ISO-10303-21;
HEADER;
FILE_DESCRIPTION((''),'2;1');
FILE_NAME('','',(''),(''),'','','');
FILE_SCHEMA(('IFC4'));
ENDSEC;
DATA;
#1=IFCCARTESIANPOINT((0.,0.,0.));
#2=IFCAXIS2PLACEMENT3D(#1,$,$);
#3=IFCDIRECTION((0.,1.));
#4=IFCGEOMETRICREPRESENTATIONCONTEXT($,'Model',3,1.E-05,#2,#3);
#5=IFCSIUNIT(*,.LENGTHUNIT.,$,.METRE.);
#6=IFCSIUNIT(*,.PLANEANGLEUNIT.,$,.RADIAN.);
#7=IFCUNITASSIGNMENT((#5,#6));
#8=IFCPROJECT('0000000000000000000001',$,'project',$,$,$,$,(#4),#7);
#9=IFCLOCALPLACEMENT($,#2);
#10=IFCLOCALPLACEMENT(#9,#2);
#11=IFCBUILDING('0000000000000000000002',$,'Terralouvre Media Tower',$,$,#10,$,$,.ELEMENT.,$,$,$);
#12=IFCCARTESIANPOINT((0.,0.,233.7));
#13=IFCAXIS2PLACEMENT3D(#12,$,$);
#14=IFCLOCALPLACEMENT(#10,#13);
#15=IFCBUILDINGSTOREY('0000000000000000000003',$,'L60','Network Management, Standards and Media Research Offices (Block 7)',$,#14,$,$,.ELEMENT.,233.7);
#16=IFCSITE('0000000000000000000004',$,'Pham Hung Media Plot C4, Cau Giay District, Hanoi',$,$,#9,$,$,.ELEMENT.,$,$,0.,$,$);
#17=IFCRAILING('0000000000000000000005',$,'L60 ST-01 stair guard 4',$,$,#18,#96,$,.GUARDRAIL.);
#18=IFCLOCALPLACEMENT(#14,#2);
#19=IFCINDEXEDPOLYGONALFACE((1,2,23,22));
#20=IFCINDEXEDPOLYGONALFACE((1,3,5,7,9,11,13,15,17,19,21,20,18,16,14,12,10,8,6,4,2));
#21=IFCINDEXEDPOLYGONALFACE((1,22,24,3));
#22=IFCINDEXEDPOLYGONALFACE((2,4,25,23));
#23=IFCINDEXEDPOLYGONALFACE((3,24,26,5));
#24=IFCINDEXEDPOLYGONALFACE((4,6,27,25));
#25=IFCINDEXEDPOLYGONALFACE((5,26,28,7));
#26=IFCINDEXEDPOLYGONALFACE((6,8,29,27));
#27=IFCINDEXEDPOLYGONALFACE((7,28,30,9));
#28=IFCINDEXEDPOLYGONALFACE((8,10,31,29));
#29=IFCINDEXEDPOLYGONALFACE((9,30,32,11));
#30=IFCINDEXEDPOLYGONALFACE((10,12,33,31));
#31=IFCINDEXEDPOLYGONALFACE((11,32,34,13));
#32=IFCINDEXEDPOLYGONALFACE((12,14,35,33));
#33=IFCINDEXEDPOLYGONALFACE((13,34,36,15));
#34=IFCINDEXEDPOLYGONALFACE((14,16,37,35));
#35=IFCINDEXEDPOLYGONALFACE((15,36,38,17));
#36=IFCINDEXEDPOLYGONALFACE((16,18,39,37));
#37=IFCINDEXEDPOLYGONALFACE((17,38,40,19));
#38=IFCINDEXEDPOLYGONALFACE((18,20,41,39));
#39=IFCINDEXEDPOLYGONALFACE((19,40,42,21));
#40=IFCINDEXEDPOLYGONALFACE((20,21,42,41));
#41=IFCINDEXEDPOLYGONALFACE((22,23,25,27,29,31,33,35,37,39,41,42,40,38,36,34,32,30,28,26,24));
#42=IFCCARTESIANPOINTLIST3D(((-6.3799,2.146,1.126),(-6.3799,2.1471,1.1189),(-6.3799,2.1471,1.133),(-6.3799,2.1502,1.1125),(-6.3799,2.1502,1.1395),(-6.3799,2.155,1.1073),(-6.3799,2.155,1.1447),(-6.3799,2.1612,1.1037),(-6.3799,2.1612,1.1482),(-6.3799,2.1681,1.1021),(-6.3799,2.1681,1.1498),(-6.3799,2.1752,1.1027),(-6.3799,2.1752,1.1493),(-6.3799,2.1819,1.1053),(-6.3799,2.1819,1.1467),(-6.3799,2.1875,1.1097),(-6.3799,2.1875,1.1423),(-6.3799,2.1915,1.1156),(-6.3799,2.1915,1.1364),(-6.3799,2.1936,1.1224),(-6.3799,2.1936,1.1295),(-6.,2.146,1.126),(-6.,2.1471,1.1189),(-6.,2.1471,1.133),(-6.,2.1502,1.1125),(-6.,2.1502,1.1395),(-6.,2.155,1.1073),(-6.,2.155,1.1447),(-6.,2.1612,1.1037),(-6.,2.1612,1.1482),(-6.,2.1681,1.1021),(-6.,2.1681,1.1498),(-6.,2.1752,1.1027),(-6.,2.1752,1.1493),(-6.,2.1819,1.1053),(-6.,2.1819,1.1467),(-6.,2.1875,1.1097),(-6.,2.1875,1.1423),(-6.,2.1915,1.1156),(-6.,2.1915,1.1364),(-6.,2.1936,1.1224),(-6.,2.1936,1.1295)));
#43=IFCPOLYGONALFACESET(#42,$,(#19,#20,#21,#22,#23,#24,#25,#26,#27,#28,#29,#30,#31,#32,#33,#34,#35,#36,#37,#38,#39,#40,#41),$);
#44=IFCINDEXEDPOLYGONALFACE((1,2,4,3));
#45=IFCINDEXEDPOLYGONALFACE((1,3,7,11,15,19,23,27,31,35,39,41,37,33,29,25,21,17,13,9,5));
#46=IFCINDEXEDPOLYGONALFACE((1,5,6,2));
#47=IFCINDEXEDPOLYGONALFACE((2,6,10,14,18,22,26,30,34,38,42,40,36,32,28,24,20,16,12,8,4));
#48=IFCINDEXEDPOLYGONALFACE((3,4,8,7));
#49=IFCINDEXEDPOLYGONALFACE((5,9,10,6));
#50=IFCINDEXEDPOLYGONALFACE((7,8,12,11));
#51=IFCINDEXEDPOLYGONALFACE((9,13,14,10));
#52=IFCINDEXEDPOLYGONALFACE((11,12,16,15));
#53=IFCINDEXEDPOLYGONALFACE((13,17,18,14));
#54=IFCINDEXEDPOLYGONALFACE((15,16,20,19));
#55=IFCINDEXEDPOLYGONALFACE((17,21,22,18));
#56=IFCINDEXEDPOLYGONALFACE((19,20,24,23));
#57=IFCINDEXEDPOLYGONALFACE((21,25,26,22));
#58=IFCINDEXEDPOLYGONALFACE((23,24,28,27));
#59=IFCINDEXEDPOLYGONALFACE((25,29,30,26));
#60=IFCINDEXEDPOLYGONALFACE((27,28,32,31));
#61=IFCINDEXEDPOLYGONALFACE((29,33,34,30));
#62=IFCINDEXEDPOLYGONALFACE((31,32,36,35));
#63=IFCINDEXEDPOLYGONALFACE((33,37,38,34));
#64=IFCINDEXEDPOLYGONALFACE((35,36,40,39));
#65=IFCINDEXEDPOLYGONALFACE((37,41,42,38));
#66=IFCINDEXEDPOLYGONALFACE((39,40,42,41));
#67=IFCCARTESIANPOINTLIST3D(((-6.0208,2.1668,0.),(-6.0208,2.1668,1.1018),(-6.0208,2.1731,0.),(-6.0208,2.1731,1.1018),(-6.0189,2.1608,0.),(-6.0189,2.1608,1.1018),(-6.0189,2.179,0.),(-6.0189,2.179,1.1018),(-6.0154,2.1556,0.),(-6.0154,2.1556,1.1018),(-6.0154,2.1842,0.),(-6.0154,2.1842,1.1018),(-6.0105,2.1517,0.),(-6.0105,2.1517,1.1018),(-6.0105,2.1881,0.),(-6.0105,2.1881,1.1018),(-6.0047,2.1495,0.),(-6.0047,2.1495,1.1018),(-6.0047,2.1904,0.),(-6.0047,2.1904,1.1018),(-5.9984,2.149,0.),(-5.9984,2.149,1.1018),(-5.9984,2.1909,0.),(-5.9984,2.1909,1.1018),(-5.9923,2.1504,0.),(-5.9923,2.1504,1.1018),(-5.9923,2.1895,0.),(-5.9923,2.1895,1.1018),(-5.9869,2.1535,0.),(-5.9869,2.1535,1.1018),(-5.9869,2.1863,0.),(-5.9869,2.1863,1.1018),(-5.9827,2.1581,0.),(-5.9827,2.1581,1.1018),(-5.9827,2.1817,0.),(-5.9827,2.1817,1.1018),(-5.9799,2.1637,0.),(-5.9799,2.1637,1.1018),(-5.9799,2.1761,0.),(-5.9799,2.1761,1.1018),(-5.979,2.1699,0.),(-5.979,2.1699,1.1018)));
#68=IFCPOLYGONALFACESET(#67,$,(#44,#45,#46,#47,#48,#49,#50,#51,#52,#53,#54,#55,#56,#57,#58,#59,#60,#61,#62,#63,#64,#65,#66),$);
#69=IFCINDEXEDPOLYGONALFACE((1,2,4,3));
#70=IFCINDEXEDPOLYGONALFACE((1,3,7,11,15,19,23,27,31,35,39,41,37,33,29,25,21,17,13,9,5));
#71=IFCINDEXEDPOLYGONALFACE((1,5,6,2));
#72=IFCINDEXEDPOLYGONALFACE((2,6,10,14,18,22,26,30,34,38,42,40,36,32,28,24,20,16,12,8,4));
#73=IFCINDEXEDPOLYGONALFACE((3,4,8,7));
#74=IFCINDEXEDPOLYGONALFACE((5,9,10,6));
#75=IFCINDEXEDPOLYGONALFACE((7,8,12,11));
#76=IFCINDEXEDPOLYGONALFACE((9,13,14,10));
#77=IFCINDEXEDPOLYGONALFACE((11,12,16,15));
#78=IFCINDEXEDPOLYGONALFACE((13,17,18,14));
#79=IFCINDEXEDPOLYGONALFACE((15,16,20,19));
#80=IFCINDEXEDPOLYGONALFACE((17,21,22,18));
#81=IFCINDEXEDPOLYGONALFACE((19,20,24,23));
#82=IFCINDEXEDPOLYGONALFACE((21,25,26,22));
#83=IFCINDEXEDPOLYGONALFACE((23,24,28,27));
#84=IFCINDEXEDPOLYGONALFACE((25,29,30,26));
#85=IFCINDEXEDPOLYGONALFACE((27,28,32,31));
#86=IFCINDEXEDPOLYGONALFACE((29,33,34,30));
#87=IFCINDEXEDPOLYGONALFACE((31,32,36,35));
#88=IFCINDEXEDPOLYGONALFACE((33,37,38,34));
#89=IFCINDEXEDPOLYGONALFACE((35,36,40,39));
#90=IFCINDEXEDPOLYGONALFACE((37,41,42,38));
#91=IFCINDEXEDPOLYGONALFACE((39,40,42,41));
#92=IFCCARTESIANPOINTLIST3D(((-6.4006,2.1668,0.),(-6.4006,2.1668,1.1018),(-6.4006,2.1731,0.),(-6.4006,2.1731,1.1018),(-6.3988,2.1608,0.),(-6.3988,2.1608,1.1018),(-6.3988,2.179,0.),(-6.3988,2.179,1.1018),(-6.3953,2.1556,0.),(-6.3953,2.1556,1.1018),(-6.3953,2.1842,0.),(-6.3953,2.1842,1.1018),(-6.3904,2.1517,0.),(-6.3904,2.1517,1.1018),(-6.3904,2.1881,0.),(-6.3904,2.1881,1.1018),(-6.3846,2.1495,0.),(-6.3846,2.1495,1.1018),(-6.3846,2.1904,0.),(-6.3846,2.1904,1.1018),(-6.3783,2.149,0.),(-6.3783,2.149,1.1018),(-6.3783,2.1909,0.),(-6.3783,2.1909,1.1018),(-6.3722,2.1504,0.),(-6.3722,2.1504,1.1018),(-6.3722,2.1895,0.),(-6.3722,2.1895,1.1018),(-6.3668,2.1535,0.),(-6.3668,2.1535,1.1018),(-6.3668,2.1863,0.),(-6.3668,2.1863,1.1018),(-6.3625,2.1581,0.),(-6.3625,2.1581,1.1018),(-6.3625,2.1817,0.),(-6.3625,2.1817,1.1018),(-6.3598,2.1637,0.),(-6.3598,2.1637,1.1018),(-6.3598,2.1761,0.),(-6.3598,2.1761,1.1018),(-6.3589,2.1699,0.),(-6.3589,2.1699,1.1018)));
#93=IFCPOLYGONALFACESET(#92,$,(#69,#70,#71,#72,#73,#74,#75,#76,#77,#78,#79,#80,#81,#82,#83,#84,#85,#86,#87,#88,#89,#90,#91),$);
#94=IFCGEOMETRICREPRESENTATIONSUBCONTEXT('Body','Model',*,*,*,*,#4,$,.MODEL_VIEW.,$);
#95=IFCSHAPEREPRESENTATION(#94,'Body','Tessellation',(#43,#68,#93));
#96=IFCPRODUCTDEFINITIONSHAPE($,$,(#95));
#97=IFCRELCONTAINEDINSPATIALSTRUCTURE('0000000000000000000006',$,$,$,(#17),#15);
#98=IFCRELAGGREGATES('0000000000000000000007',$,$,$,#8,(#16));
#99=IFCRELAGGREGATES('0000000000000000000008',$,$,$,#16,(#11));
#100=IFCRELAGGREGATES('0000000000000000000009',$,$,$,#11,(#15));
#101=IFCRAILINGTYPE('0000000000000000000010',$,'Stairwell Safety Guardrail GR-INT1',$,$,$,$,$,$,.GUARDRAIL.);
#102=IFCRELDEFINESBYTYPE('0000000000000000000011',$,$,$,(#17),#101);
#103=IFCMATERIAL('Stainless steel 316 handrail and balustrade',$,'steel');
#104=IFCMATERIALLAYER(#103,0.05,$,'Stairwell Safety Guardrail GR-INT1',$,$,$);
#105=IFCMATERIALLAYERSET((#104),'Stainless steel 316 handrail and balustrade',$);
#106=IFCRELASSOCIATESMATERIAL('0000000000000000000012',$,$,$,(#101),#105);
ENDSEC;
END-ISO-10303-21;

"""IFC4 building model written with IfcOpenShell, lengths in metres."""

from ifc_helpers import new_model, si_unit, direction, frame, origin, origin_2d, place, context, subcontext, project, spatial, circle, extrude, material, layer, layer_set, type_object, element, save


model = new_model("IFC4")

# Units and contexts
model_context = context("Model", 3, precision=1e-05, world=origin(), true_north=direction((0.0, 1.0)))
body_context = subcontext(model_context, "Body", "Model", "MODEL_VIEW")
ifc_project = project(units=[si_unit("LENGTHUNIT", "METRE"), si_unit("PLANEANGLEUNIT", "RADIAN")], contexts=[model_context])

# Site, building, storey
site_placement = place(None, origin())
site = spatial("IfcSite", under=ifc_project, at=site_placement, Name="Pham Hung Media Plot C4, Cau Giay District, Hanoi", CompositionType="ELEMENT", RefElevation=0.0)
building_placement = place(site_placement, origin())
building = spatial("IfcBuilding", under=site, at=building_placement, Name="Terralouvre Media Tower", CompositionType="ELEMENT")
storey_placement = place(building_placement, frame((0.0, 0.0, 233.7)))
storey = spatial("IfcBuildingStorey", under=building, at=storey_placement, Name="L60", Description="Network Management, Standards and Media Research Offices (Block 7)", CompositionType="ELEMENT", Elevation=233.7)

# Railing
ifc_material_1 = material(Name="Stainless steel 316 handrail and balustrade", Category="steel")
ifc_layer_1 = layer(ifc_material_1, 0.05, Name="Stairwell Safety Guardrail GR-INT1")
ifc_layer_set_1 = layer_set([ifc_layer_1], Name="Stainless steel 316 handrail and balustrade")
railing_type_1 = type_object("IfcRailingType", Name="Stairwell Safety Guardrail GR-INT1", PredefinedType="GUARDRAIL", material=ifc_layer_set_1)
railing_1_placement = place(storey_placement, frame((-6.0, 2.1699, 0.0)))
element("IfcRailing", 1, at=railing_1_placement, inside=storey, type_object=railing_type_1, Name="L60 ST-01 stair guard 4", PredefinedType="GUARDRAIL", context=body_context, shape_type="SweptSolid", body=[
    extrude(circle(Radius=0.0239, at=origin_2d()), frame((0.0, 0.0, 1.126), z_axis=(-1.0, 0.0, 0.0), x_axis=(0.0, -1.0, 0.0)), (0.0, 0.0, 1.0), 0.3799),
    extrude(circle(Radius=0.021, at=origin_2d()), origin(), (0.0, 0.0, 1.0), 1.1018),
    extrude(circle(Radius=0.021, at=origin_2d()), frame((-0.3799, 0.0, 0.0)), (0.0, 0.0, 1.0), 1.1018),
])

save(model, "model.ifc")
